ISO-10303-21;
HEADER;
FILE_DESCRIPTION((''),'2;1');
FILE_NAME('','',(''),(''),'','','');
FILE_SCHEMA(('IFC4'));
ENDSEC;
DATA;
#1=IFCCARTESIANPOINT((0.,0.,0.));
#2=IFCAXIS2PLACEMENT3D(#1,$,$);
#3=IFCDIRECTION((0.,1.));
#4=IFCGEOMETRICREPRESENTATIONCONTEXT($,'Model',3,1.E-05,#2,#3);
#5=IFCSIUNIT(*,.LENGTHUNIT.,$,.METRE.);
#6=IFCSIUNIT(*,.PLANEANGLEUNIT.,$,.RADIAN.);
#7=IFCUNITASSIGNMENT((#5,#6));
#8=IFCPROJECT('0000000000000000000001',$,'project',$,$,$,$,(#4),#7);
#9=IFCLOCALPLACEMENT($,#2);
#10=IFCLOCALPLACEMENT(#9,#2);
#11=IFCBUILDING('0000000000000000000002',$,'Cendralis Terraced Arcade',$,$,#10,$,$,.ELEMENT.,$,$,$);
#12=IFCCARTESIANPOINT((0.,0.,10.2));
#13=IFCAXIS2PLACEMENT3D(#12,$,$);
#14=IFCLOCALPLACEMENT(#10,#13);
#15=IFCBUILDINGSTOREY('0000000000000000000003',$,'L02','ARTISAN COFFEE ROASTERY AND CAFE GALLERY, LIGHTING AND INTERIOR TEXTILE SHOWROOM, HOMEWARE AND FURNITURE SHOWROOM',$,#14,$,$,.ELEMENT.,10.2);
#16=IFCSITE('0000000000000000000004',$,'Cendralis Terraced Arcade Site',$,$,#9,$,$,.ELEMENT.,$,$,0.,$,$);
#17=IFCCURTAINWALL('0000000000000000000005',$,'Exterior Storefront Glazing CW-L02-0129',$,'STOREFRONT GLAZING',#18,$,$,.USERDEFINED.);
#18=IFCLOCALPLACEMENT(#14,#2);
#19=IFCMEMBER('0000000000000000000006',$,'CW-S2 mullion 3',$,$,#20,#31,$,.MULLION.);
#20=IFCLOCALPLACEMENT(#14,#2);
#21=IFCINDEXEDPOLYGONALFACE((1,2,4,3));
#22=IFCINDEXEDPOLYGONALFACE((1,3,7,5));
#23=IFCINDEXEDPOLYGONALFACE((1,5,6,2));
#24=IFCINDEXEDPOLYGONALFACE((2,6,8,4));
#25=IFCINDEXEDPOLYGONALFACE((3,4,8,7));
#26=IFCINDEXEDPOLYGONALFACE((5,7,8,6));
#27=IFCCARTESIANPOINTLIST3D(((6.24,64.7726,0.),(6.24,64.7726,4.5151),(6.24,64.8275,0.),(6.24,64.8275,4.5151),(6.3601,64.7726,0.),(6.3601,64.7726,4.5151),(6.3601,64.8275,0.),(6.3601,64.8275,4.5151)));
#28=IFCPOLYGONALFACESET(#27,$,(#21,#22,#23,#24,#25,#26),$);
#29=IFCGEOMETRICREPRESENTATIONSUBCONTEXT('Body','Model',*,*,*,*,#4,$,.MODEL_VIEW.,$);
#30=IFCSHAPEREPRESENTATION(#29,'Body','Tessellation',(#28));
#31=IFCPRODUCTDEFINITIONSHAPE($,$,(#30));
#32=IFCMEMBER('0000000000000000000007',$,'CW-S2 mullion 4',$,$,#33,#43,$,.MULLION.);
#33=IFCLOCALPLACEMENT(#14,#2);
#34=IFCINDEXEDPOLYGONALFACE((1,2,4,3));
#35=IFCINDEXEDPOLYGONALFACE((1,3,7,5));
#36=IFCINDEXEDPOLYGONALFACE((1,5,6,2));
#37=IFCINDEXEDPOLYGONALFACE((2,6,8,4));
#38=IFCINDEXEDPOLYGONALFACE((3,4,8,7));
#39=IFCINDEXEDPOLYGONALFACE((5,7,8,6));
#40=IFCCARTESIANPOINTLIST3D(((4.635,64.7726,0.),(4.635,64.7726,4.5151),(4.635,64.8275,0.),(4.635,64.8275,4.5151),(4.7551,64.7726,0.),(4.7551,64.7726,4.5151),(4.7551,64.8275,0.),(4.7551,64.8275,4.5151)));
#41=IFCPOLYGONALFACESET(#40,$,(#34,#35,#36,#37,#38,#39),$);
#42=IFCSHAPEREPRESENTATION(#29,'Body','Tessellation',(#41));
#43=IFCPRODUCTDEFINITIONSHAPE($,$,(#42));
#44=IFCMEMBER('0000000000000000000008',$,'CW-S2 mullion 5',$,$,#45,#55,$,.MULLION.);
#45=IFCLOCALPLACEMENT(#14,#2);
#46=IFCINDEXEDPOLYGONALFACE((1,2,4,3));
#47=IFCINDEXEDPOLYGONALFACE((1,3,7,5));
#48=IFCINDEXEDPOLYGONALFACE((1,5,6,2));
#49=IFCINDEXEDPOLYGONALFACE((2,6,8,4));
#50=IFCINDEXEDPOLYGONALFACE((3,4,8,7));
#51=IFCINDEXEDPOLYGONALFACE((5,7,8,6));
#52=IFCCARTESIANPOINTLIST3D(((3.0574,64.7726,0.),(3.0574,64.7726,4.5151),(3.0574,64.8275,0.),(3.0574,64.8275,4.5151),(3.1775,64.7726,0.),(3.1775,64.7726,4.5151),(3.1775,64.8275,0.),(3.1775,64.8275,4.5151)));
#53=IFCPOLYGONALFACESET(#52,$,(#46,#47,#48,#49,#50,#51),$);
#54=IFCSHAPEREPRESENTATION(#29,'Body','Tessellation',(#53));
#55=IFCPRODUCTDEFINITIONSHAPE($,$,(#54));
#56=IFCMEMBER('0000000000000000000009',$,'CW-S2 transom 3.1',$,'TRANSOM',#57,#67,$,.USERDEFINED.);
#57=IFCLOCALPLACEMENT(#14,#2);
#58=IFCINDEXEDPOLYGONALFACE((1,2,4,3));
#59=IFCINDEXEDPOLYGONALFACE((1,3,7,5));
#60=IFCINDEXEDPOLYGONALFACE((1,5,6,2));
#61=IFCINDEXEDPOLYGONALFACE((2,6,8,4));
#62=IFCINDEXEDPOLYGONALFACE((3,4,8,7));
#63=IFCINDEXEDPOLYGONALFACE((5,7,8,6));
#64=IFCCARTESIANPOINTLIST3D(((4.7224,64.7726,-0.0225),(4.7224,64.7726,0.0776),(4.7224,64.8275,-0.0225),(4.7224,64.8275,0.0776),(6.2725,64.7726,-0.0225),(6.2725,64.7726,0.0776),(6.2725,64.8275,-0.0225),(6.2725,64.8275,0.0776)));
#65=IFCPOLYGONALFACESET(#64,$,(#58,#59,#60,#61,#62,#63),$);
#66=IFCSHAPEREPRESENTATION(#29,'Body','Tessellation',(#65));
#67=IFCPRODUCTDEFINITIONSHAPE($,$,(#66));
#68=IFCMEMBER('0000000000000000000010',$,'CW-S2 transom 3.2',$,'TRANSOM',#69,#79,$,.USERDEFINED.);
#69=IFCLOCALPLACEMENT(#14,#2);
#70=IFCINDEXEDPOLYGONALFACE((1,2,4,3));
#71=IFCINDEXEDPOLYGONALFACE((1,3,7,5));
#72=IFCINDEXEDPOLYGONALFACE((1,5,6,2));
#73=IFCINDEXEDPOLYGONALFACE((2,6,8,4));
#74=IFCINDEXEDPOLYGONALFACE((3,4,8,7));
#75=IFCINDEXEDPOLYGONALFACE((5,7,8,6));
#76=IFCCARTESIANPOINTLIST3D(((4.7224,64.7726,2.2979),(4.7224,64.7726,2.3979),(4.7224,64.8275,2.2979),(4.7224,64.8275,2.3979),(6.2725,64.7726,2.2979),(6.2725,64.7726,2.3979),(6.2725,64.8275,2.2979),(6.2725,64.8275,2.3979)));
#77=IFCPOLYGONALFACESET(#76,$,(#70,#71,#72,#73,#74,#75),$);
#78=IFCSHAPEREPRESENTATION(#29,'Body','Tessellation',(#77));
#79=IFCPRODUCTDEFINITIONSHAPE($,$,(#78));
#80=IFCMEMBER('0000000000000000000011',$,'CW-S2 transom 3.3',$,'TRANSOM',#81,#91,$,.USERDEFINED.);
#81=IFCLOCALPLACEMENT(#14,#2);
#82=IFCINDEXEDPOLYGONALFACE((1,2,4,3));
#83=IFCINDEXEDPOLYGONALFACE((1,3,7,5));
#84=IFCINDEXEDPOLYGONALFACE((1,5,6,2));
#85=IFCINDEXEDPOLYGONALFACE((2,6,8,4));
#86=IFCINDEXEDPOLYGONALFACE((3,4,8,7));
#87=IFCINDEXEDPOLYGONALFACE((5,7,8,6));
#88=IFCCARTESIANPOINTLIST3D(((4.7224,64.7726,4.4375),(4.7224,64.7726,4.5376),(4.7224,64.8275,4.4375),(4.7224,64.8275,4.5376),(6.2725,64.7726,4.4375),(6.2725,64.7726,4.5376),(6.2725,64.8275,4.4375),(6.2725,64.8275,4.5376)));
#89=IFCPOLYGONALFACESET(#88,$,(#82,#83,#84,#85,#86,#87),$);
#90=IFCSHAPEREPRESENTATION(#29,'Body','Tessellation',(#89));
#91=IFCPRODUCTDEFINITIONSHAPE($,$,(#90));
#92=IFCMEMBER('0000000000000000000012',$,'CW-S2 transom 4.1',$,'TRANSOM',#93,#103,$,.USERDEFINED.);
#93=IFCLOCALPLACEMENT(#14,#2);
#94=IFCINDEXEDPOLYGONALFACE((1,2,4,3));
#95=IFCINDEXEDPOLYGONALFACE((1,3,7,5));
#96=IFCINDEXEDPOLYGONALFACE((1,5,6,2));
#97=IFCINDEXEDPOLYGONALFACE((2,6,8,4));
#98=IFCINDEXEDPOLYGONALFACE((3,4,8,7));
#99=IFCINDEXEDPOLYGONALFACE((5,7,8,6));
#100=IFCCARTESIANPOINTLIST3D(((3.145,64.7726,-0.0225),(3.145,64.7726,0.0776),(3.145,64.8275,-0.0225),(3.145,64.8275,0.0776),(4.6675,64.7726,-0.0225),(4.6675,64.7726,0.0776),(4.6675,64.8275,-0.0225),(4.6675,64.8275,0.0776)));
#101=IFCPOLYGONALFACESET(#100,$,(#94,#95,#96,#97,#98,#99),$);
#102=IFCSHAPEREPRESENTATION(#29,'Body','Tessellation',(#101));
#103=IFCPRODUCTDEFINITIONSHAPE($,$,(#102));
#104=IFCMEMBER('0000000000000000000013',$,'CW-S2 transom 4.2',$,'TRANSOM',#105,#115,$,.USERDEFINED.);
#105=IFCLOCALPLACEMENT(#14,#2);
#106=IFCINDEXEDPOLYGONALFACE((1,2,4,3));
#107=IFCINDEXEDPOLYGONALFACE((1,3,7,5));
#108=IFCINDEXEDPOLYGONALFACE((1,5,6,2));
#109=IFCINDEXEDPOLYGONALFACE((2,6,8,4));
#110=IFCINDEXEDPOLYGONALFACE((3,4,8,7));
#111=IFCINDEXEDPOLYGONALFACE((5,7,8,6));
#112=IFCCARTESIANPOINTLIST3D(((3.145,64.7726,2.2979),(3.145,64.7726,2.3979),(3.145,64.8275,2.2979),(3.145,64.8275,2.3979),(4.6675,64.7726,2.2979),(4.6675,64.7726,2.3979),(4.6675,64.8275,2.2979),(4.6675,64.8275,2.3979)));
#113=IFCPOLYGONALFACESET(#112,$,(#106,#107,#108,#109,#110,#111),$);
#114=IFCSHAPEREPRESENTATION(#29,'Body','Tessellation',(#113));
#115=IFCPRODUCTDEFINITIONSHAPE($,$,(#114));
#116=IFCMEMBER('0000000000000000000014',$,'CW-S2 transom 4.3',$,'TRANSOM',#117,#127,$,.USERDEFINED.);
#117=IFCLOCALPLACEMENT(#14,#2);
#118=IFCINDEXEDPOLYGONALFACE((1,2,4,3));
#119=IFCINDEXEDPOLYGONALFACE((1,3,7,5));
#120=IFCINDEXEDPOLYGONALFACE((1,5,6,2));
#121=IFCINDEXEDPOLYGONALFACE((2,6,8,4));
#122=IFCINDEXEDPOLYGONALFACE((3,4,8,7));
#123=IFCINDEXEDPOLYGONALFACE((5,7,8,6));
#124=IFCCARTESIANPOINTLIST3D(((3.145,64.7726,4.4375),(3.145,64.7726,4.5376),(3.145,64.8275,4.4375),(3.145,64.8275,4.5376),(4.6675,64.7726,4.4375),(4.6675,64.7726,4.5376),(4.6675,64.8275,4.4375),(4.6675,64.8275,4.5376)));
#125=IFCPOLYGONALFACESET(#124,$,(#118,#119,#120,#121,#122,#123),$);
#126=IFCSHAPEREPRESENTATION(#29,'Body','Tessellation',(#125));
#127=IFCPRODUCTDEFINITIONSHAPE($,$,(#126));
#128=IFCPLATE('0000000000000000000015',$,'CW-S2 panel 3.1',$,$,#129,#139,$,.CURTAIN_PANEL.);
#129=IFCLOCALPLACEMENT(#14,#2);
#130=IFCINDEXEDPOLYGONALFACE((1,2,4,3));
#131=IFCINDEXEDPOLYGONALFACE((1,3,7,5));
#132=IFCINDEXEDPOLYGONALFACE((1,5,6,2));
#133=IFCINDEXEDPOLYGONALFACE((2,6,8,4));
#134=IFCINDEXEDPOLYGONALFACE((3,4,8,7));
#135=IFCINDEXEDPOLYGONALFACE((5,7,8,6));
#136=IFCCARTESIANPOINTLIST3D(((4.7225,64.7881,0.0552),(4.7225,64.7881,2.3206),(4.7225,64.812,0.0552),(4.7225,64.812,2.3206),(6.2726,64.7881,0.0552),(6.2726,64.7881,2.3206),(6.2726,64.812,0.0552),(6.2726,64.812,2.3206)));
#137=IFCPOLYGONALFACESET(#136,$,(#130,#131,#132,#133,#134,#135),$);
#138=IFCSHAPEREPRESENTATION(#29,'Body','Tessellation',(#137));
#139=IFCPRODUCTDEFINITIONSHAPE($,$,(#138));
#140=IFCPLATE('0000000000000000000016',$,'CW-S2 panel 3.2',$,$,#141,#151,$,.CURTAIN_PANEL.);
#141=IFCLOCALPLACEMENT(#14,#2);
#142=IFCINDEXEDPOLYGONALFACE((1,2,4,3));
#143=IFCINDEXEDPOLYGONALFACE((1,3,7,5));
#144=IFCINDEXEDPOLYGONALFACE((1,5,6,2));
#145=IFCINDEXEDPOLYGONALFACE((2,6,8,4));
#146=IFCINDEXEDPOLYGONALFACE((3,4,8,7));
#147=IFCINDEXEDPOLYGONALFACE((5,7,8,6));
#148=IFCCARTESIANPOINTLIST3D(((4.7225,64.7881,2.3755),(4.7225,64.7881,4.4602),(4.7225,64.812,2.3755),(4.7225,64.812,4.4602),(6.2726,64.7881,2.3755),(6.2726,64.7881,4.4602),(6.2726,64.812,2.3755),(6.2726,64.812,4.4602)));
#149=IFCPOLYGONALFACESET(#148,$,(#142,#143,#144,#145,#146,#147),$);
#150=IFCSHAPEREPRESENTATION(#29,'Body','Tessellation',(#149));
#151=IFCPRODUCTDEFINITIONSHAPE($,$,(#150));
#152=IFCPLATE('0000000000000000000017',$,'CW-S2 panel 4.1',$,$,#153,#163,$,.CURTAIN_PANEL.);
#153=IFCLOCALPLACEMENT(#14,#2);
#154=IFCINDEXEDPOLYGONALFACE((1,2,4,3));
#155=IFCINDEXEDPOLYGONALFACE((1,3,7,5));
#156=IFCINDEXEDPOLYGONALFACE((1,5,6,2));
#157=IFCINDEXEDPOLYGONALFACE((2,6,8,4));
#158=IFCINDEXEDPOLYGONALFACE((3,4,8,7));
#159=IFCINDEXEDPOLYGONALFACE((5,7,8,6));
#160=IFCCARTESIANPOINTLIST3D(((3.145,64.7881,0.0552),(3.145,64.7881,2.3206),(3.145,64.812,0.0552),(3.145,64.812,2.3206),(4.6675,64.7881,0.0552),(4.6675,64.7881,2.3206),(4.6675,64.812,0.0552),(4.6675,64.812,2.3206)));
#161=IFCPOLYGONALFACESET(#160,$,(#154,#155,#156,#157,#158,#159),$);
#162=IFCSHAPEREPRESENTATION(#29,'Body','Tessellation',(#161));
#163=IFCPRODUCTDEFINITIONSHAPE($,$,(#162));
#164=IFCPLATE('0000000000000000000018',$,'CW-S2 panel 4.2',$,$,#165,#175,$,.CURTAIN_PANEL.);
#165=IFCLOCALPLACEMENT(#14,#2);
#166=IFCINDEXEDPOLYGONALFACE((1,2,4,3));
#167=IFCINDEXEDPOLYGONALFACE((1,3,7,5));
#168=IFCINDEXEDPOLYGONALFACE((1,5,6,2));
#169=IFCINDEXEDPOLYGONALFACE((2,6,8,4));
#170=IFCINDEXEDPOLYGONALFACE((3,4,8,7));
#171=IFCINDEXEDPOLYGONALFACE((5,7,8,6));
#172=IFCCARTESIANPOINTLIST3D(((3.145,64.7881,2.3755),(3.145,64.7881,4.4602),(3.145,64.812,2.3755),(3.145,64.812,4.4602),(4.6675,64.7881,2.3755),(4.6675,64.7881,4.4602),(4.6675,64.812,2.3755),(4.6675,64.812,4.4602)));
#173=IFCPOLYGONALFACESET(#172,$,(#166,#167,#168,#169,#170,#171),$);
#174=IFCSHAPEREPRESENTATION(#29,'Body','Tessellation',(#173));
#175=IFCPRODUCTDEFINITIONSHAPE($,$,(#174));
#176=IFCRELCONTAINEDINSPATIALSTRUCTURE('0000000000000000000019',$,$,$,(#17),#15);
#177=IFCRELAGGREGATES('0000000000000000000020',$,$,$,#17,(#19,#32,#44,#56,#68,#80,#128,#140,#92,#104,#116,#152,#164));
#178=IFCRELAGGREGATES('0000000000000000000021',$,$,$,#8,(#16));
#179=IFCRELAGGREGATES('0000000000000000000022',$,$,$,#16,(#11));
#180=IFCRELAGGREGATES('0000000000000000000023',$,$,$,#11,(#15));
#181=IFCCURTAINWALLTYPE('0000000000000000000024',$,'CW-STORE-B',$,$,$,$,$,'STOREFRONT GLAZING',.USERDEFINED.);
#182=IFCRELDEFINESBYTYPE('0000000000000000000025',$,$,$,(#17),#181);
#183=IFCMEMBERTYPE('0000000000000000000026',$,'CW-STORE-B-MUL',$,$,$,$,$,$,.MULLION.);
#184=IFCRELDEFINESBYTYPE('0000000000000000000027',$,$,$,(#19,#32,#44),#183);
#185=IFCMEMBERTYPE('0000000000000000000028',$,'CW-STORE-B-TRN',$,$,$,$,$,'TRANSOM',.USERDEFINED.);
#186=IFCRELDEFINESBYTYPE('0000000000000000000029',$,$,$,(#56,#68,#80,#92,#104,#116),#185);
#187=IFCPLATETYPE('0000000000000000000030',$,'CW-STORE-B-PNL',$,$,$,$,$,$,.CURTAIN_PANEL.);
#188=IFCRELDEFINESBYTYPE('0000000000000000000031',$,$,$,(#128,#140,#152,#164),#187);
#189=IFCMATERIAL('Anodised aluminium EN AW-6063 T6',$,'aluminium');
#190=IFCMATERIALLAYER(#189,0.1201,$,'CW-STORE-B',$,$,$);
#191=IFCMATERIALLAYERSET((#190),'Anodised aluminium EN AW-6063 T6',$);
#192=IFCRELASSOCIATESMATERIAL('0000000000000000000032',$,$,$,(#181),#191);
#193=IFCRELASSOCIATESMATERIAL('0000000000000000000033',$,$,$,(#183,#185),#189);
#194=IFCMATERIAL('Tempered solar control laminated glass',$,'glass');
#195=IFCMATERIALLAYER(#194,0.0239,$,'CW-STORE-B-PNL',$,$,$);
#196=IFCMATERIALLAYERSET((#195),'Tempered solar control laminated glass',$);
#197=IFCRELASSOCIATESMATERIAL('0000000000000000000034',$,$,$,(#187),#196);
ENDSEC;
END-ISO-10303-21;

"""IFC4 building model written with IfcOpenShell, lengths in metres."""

from ifc_helpers import new_model, si_unit, direction, frame, origin, origin_2d, place, context, subcontext, project, spatial, rectangle, extrude, material, layer, layer_set, material_profile, profile_set, type_object, element, aggregate, save


model = new_model("IFC4")

# Units and contexts
model_context = context("Model", 3, precision=1e-05, world=origin(), true_north=direction((0.0, 1.0)))
body_context = subcontext(model_context, "Body", "Model", "MODEL_VIEW")
ifc_project = project(units=[si_unit("LENGTHUNIT", "METRE"), si_unit("PLANEANGLEUNIT", "RADIAN")], contexts=[model_context])

# Site, building, storey
site_placement = place(None, origin())
site = spatial("IfcSite", under=ifc_project, at=site_placement, Name="Cendralis Terraced Arcade Site", CompositionType="ELEMENT", RefElevation=0.0)
building_placement = place(site_placement, origin())
building = spatial("IfcBuilding", under=site, at=building_placement, Name="Cendralis Terraced Arcade", CompositionType="ELEMENT")
storey_placement = place(building_placement, frame((0.0, 0.0, 10.2)))
storey = spatial("IfcBuildingStorey", under=building, at=storey_placement, Name="L02", Description="ARTISAN COFFEE ROASTERY AND CAFE GALLERY, LIGHTING AND INTERIOR TEXTILE SHOWROOM, HOMEWARE AND FURNITURE SHOWROOM", CompositionType="ELEMENT", Elevation=10.2)

# Curtain wall, members, plates
ifc_material_1 = material(Name="Anodised aluminium EN AW-6063 T6", Category="aluminium")
ifc_layer_1 = layer(ifc_material_1, 0.1201, Name="CW-STORE-B")
ifc_layer_set_1 = layer_set([ifc_layer_1], Name="Anodised aluminium EN AW-6063 T6")
curtain_wall_type = type_object("IfcCurtainWallType", Name="CW-STORE-B", ElementType="STOREFRONT GLAZING", PredefinedType="USERDEFINED", material=ifc_layer_set_1)
curtain_wall_placement = place(storey_placement, origin())
curtain_wall = element("IfcCurtainWall", 1, at=curtain_wall_placement, inside=storey, type_object=curtain_wall_type, Name="Exterior Storefront Glazing CW-L02-0129", ObjectType="STOREFRONT GLAZING", PredefinedType="USERDEFINED")
ifc_material_profile_1 = material_profile(ifc_material_1, rectangle(XDim=0.0549, YDim=0.1201, at=origin_2d()), Name="ALU-MUL-55x120")
ifc_profile_set_1 = profile_set([ifc_material_profile_1], Name="Anodised aluminium EN AW-6063 T6")
member_type_1 = type_object("IfcMemberType", Name="CW-STORE-B-MUL", PredefinedType="MULLION", material=ifc_profile_set_1)
member_1_placement = place(storey_placement, frame((6.3, 64.8, 0.0), z_axis=(0.0, 0.0, 1.0), x_axis=(0.0, -1.0, 0.0)))
member_1 = element("IfcMember", 2, at=member_1_placement, type_object=member_type_1, Name="CW-S2 mullion 3", PredefinedType="MULLION", context=body_context, shape_type="SweptSolid", body=[
    extrude(rectangle(XDim=0.0549, YDim=0.1201, at=origin_2d()), origin(), (0.0, 0.0, 1.0), 4.5151),
])
member_2_placement = place(storey_placement, frame((4.6951, 64.8, 0.0), z_axis=(0.0, 0.0, 1.0), x_axis=(0.0, -1.0, 0.0)))
member_2 = element("IfcMember", 3, at=member_2_placement, type_object=member_type_1, Name="CW-S2 mullion 4", PredefinedType="MULLION", context=body_context, shape_type="SweptSolid", body=[
    extrude(rectangle(XDim=0.0549, YDim=0.1201, at=origin_2d()), origin(), (0.0, 0.0, 1.0), 4.5151),
])
member_3_placement = place(storey_placement, frame((3.1174, 64.8, 0.0), z_axis=(0.0, 0.0, 1.0), x_axis=(0.0, -1.0, 0.0)))
member_3 = element("IfcMember", 4, at=member_3_placement, type_object=member_type_1, Name="CW-S2 mullion 5", PredefinedType="MULLION", context=body_context, shape_type="SweptSolid", body=[
    extrude(rectangle(XDim=0.0549, YDim=0.1201, at=origin_2d()), origin(), (0.0, 0.0, 1.0), 4.5151),
])
ifc_material_profile_2 = material_profile(ifc_material_1, rectangle(XDim=0.0549, YDim=0.1001, at=origin_2d()), Name="ALU-TRN-55x100")
ifc_profile_set_2 = profile_set([ifc_material_profile_2], Name="Anodised aluminium EN AW-6063 T6")
member_type_2 = type_object("IfcMemberType", Name="CW-STORE-B-TRN", ElementType="TRANSOM", PredefinedType="USERDEFINED", material=ifc_profile_set_2)
member_4_placement = place(storey_placement, frame((6.2725, 64.8, 0.0276), z_axis=(-1.0, 0.0, 0.0), x_axis=(0.0, -1.0, 0.0)))
member_4 = element("IfcMember", 5, at=member_4_placement, type_object=member_type_2, Name="CW-S2 transom 3.1", ObjectType="TRANSOM", PredefinedType="USERDEFINED", context=body_context, shape_type="SweptSolid", body=[
    extrude(rectangle(XDim=0.0549, YDim=0.1001, at=origin_2d()), origin(), (0.0, 0.0, 1.0), 1.55),
])
member_5_placement = place(storey_placement, frame((6.2725, 64.8, 2.3479), z_axis=(-1.0, 0.0, 0.0), x_axis=(0.0, -1.0, 0.0)))
member_5 = element("IfcMember", 6, at=member_5_placement, type_object=member_type_2, Name="CW-S2 transom 3.2", ObjectType="TRANSOM", PredefinedType="USERDEFINED", context=body_context, shape_type="SweptSolid", body=[
    extrude(rectangle(XDim=0.0549, YDim=0.1001, at=origin_2d()), origin(), (0.0, 0.0, 1.0), 1.55),
])
member_6_placement = place(storey_placement, frame((6.2725, 64.8, 4.4875), z_axis=(-1.0, 0.0, 0.0), x_axis=(0.0, -1.0, 0.0)))
member_6 = element("IfcMember", 7, at=member_6_placement, type_object=member_type_2, Name="CW-S2 transom 3.3", ObjectType="TRANSOM", PredefinedType="USERDEFINED", context=body_context, shape_type="SweptSolid", body=[
    extrude(rectangle(XDim=0.0549, YDim=0.1001, at=origin_2d()), origin(), (0.0, 0.0, 1.0), 1.55),
])
member_7_placement = place(storey_placement, frame((4.6675, 64.8, 0.0276), z_axis=(-1.0, 0.0, 0.0), x_axis=(0.0, -1.0, 0.0)))
member_7 = element("IfcMember", 8, at=member_7_placement, type_object=member_type_2, Name="CW-S2 transom 4.1", ObjectType="TRANSOM", PredefinedType="USERDEFINED", context=body_context, shape_type="SweptSolid", body=[
    extrude(rectangle(XDim=0.0549, YDim=0.1001, at=origin_2d()), origin(), (0.0, 0.0, 1.0), 1.5225),
])
member_8_placement = place(storey_placement, frame((4.6675, 64.8, 2.3479), z_axis=(-1.0, 0.0, 0.0), x_axis=(0.0, -1.0, 0.0)))
member_8 = element("IfcMember", 9, at=member_8_placement, type_object=member_type_2, Name="CW-S2 transom 4.2", ObjectType="TRANSOM", PredefinedType="USERDEFINED", context=body_context, shape_type="SweptSolid", body=[
    extrude(rectangle(XDim=0.0549, YDim=0.1001, at=origin_2d()), origin(), (0.0, 0.0, 1.0), 1.5225),
])
member_9_placement = place(storey_placement, frame((4.6675, 64.8, 4.4875), z_axis=(-1.0, 0.0, 0.0), x_axis=(0.0, -1.0, 0.0)))
member_9 = element("IfcMember", 10, at=member_9_placement, type_object=member_type_2, Name="CW-S2 transom 4.3", ObjectType="TRANSOM", PredefinedType="USERDEFINED", context=body_context, shape_type="SweptSolid", body=[
    extrude(rectangle(XDim=0.0549, YDim=0.1001, at=origin_2d()), origin(), (0.0, 0.0, 1.0), 1.5225),
])
ifc_material_2 = material(Name="Tempered solar control laminated glass", Category="glass")
ifc_layer_2 = layer(ifc_material_2, 0.0239, Name="CW-STORE-B-PNL")
ifc_layer_set_2 = layer_set([ifc_layer_2], Name="Tempered solar control laminated glass")
plate_type = type_object("IfcPlateType", Name="CW-STORE-B-PNL", PredefinedType="CURTAIN_PANEL", material=ifc_layer_set_2)
plate_1_placement = place(storey_placement, frame((5.4976, 64.8, 0.0552), z_axis=(0.0, 0.0, 1.0), x_axis=(-1.0, 0.0, 0.0)))
plate_1 = element("IfcPlate", 11, at=plate_1_placement, type_object=plate_type, Name="CW-S2 panel 3.1", PredefinedType="CURTAIN_PANEL", context=body_context, shape_type="SweptSolid", body=[
    extrude(rectangle(XDim=1.55, YDim=0.0239, at=origin_2d()), origin(), (0.0, 0.0, 1.0), 2.2654),
])
plate_2_placement = place(storey_placement, frame((5.4976, 64.8, 2.3755), z_axis=(0.0, 0.0, 1.0), x_axis=(-1.0, 0.0, 0.0)))
plate_2 = element("IfcPlate", 12, at=plate_2_placement, type_object=plate_type, Name="CW-S2 panel 3.2", PredefinedType="CURTAIN_PANEL", context=body_context, shape_type="SweptSolid", body=[
    extrude(rectangle(XDim=1.55, YDim=0.0239, at=origin_2d()), origin(), (0.0, 0.0, 1.0), 2.0847),
])
plate_3_placement = place(storey_placement, frame((3.9062, 64.8, 0.0552), z_axis=(0.0, 0.0, 1.0), x_axis=(-1.0, 0.0, 0.0)))
plate_3 = element("IfcPlate", 13, at=plate_3_placement, type_object=plate_type, Name="CW-S2 panel 4.1", PredefinedType="CURTAIN_PANEL", context=body_context, shape_type="SweptSolid", body=[
    extrude(rectangle(XDim=1.5225, YDim=0.0239, at=origin_2d()), origin(), (0.0, 0.0, 1.0), 2.2654),
])
plate_4_placement = place(storey_placement, frame((3.9062, 64.8, 2.3755), z_axis=(0.0, 0.0, 1.0), x_axis=(-1.0, 0.0, 0.0)))
plate_4 = element("IfcPlate", 14, at=plate_4_placement, type_object=plate_type, Name="CW-S2 panel 4.2", PredefinedType="CURTAIN_PANEL", context=body_context, shape_type="SweptSolid", body=[
    extrude(rectangle(XDim=1.5225, YDim=0.0239, at=origin_2d()), origin(), (0.0, 0.0, 1.0), 2.0847),
])
aggregate(curtain_wall, [member_1, member_2, member_3, member_4, member_5, member_6, plate_1, plate_2, member_7, member_8, member_9, plate_3, plate_4])

save(model, "model.ifc")
